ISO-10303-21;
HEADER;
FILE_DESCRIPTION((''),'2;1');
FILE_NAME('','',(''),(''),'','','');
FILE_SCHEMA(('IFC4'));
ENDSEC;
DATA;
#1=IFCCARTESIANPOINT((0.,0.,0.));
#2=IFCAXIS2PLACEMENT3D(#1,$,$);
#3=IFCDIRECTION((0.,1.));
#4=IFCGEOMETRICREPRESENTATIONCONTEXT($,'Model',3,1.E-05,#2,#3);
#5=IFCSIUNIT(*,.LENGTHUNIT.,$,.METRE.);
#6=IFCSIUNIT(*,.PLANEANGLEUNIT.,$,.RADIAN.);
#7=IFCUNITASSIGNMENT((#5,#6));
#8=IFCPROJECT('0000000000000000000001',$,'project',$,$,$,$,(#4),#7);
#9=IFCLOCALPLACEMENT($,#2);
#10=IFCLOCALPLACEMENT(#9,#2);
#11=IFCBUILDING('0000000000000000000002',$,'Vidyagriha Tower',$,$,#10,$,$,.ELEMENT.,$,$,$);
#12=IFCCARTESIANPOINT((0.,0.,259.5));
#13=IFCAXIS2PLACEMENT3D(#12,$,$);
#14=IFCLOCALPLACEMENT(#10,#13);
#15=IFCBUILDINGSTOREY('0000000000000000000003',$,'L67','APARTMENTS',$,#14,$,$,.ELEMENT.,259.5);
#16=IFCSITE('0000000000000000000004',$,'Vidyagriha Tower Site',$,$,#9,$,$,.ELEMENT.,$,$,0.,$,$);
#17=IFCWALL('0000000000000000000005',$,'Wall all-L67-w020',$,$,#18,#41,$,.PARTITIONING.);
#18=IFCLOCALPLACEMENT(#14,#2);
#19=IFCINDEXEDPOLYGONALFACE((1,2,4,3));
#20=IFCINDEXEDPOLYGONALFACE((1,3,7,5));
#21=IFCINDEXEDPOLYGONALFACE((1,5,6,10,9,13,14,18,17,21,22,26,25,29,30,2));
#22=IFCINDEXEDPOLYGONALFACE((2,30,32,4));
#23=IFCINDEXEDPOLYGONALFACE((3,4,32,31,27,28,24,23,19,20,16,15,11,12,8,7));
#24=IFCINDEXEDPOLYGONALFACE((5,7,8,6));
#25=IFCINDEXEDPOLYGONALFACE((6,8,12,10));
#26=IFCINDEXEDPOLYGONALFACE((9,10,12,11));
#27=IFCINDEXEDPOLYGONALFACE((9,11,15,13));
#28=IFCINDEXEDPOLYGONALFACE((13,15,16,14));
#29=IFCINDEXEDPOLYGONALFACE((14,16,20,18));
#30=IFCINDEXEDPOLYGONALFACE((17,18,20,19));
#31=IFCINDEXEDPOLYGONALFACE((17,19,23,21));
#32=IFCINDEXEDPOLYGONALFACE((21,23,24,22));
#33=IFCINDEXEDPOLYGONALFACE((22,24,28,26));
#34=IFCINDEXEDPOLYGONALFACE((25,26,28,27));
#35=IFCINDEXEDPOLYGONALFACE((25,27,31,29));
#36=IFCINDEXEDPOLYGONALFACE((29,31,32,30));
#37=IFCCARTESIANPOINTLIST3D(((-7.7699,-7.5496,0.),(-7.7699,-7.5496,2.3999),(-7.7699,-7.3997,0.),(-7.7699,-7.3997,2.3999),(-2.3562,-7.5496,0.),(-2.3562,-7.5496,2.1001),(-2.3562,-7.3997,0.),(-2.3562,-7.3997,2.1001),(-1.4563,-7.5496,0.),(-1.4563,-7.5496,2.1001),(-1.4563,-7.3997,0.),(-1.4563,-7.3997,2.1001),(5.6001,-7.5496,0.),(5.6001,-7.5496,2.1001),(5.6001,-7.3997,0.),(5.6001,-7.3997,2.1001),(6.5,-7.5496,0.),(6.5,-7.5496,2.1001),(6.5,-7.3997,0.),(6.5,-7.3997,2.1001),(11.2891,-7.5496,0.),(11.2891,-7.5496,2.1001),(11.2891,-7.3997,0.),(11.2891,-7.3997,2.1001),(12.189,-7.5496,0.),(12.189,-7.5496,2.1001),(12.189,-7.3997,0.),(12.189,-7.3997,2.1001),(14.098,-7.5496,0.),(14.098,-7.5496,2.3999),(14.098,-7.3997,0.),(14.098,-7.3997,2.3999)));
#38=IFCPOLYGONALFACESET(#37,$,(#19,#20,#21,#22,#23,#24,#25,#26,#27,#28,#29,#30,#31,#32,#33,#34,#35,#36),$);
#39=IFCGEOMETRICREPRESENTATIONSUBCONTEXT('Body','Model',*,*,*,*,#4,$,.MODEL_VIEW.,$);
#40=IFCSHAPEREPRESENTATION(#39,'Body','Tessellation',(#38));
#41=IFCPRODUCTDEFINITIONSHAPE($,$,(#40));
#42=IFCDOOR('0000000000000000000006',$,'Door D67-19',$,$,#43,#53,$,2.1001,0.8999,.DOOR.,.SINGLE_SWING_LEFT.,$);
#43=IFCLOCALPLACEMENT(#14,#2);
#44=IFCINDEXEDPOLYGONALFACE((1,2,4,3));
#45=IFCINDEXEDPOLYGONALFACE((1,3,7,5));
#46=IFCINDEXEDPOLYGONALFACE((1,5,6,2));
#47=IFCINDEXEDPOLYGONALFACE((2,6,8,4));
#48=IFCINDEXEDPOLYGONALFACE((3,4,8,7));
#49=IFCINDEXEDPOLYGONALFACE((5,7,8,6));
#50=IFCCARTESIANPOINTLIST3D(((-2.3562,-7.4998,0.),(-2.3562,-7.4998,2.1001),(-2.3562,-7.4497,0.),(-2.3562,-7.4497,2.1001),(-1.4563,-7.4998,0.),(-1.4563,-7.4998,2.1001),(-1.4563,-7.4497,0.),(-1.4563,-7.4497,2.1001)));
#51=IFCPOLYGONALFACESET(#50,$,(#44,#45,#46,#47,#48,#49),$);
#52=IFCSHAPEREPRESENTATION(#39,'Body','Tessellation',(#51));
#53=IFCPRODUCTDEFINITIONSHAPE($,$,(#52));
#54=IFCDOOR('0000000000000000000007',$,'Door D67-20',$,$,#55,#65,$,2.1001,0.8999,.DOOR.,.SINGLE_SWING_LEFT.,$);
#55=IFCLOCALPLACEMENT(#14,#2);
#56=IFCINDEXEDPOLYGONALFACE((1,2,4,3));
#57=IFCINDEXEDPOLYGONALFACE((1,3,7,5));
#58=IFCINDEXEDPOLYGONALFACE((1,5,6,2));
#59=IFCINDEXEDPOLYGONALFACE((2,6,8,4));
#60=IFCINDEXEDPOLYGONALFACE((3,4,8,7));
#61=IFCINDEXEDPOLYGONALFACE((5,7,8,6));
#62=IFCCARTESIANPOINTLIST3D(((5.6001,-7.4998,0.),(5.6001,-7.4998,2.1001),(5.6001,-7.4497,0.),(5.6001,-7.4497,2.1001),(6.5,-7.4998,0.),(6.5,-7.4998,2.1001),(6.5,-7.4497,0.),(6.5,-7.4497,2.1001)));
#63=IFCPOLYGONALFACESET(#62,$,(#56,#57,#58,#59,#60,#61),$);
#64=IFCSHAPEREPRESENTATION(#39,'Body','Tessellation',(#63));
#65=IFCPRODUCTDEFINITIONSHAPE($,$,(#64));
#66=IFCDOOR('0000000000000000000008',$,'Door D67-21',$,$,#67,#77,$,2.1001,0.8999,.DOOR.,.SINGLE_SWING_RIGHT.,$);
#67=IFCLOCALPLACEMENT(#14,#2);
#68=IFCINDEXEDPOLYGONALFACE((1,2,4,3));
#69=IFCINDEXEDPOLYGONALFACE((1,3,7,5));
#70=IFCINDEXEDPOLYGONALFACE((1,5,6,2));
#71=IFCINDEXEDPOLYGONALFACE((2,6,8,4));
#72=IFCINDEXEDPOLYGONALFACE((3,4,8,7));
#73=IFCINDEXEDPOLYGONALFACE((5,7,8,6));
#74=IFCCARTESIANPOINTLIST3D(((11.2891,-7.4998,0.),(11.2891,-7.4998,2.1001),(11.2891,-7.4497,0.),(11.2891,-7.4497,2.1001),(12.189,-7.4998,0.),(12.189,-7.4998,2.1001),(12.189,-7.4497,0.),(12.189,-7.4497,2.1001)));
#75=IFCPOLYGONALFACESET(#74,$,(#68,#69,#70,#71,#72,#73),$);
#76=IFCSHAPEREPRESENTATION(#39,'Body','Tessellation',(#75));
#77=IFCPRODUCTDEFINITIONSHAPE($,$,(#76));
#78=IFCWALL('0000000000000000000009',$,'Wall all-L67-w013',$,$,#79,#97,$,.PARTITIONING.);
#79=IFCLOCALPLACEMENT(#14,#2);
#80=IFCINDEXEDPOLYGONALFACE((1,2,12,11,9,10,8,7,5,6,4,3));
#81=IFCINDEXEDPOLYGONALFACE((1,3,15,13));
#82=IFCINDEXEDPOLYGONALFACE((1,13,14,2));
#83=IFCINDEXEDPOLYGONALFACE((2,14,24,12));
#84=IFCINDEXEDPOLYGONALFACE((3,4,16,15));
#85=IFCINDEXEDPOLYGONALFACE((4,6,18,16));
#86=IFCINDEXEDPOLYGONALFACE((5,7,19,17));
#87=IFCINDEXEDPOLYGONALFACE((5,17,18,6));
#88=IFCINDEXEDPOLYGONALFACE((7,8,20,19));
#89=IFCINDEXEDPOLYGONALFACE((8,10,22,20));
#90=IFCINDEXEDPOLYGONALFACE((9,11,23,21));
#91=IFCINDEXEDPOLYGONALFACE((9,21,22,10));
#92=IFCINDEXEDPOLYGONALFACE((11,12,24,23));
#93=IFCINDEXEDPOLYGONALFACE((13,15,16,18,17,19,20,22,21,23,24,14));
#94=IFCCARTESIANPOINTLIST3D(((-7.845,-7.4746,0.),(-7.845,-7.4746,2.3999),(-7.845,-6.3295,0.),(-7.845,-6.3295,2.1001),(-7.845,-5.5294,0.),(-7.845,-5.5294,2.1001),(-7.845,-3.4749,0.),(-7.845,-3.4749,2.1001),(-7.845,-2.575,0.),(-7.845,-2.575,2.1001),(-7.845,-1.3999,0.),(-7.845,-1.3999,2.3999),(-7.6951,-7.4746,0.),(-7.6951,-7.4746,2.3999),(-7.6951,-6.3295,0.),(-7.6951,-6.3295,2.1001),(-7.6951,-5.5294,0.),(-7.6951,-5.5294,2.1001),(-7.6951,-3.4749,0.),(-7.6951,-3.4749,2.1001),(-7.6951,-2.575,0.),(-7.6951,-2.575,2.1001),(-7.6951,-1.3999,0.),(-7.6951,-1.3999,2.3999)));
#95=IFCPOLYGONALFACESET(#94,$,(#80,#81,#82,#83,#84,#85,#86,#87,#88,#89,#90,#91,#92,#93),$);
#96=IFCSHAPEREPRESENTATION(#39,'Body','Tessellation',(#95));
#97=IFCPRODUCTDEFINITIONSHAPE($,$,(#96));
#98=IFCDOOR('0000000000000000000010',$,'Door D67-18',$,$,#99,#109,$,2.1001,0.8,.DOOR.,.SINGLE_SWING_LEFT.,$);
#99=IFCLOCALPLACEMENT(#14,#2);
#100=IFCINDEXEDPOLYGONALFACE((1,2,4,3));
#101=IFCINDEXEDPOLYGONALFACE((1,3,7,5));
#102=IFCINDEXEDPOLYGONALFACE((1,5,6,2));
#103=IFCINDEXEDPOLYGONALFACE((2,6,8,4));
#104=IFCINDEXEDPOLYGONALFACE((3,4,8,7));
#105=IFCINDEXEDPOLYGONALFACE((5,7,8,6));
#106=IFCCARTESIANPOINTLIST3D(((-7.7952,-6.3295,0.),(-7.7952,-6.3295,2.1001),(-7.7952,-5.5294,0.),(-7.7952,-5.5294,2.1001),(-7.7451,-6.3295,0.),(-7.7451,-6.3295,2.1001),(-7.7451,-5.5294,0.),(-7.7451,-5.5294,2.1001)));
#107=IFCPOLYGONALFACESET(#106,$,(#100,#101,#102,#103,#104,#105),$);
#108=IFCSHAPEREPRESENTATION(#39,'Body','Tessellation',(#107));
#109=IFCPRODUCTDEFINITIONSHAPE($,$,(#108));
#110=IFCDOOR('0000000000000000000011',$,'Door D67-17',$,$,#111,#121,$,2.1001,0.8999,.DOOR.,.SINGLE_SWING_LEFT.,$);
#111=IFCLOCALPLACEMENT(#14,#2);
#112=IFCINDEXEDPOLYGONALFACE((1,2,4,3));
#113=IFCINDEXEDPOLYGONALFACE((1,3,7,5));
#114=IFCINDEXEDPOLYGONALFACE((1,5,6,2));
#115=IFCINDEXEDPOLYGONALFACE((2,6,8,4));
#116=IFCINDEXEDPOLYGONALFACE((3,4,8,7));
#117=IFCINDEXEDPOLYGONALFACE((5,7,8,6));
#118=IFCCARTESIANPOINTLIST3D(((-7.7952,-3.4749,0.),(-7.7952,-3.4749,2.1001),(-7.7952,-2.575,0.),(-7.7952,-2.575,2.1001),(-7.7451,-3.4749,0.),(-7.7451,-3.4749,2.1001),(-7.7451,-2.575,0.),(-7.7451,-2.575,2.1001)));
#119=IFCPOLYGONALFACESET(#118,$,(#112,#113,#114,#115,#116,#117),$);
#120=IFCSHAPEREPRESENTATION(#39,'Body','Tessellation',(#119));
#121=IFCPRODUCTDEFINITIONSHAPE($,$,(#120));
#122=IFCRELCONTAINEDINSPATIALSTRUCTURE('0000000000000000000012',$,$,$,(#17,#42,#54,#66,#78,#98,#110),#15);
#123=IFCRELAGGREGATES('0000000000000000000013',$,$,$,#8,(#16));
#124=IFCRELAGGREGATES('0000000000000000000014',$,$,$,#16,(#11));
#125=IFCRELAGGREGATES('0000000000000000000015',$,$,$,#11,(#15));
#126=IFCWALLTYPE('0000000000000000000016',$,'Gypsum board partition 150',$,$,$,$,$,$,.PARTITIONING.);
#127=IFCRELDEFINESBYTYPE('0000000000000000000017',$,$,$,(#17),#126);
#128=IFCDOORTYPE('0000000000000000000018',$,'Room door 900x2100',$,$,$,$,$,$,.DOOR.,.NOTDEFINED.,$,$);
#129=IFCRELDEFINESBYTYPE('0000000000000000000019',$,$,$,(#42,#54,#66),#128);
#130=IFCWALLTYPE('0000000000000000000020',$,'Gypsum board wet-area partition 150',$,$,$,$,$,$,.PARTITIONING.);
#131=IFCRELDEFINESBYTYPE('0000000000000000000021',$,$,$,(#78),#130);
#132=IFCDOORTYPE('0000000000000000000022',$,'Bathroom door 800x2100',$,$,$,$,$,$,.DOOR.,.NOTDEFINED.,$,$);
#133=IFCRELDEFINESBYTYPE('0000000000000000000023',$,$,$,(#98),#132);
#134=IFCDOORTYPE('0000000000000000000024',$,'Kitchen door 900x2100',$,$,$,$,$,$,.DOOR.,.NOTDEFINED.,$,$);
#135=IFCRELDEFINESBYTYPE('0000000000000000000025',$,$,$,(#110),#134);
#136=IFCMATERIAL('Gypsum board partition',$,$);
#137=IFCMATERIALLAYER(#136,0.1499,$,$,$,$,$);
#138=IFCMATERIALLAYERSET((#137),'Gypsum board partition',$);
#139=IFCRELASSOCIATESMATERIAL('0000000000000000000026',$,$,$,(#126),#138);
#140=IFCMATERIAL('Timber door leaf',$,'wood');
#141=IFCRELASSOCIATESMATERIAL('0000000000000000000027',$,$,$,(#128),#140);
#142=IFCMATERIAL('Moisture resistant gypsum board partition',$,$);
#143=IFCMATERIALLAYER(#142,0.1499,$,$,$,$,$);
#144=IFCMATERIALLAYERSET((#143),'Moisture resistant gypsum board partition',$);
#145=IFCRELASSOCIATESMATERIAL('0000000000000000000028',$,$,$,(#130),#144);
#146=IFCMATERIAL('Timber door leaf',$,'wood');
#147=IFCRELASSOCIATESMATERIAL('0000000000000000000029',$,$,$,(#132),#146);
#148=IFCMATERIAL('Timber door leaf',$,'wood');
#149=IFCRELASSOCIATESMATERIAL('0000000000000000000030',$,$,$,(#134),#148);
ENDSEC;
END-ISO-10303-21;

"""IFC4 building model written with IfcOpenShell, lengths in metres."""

from ifc_helpers import new_model, si_unit, direction, frame, frame_2d, origin, place, context, subcontext, project, spatial, rectangle, extrude, material, layer, layer_set, type_object, element, fill, save


model = new_model("IFC4")

# Units and contexts
model_context = context("Model", 3, precision=1e-05, world=origin(), true_north=direction((0.0, 1.0)))
body_context = subcontext(model_context, "Body", "Model", "MODEL_VIEW")
ifc_project = project(units=[si_unit("LENGTHUNIT", "METRE"), si_unit("PLANEANGLEUNIT", "RADIAN")], contexts=[model_context])

# Site, building, storey
site_placement = place(None, origin())
site = spatial("IfcSite", under=ifc_project, at=site_placement, Name="Vidyagriha Tower Site", CompositionType="ELEMENT", RefElevation=0.0)
building_placement = place(site_placement, origin())
building = spatial("IfcBuilding", under=site, at=building_placement, Name="Vidyagriha Tower", CompositionType="ELEMENT")
storey_placement = place(building_placement, frame((0.0, 0.0, 259.5)))
storey = spatial("IfcBuildingStorey", under=building, at=storey_placement, Name="L67", Description="APARTMENTS", CompositionType="ELEMENT", Elevation=259.5)

# Shared definitions
ifc_material_1 = material(Name="Gypsum board partition")
ifc_layer_1 = layer(ifc_material_1, 0.1499)
ifc_layer_set_1 = layer_set([ifc_layer_1], Name="Gypsum board partition")
wall_type_1 = type_object("IfcWallType", Name="Gypsum board partition 150", PredefinedType="PARTITIONING", material=ifc_layer_set_1)

# Walls, openings, doors
wall_1_placement = place(storey_placement, frame((-7.77, -7.4746, 0.0)))
wall_1 = element("IfcWall", 1, at=wall_1_placement, inside=storey, type_object=wall_type_1, Name="Wall all-L67-w020", PredefinedType="PARTITIONING", context=body_context, shape_type="SweptSolid", body=[
    extrude(rectangle(XDim=21.8679, YDim=0.1499, at=frame_2d((10.9341, 0.0))), origin(), (0.0, 0.0, 1.0), 2.3999),
])
opening_1_placement = place(wall_1_placement, frame((5.4138, 0.0, 0.0)))
opening_1 = element("IfcOpeningElement", 2, at=opening_1_placement, cuts=wall_1, PredefinedType="OPENING", context=body_context, shape_type="SweptSolid", body=[
    extrude(rectangle(XDim=0.8999, YDim=2.1001, at=frame_2d((0.45, 1.05))), frame((0.0, 0.085, 0.0), z_axis=(0.0, -1.0, 0.0), x_axis=(1.0, 0.0, 0.0)), (0.0, 0.0, 1.0), 0.1699),
])
opening_2_placement = place(wall_1_placement, frame((13.3701, 0.0, 0.0)))
opening_2 = element("IfcOpeningElement", 3, at=opening_2_placement, cuts=wall_1, PredefinedType="OPENING", context=body_context, shape_type="SweptSolid", body=[
    extrude(rectangle(XDim=0.8999, YDim=2.1001, at=frame_2d((0.45, 1.05))), frame((0.0, 0.085, 0.0), z_axis=(0.0, -1.0, 0.0), x_axis=(1.0, 0.0, 0.0)), (0.0, 0.0, 1.0), 0.1699),
])
opening_3_placement = place(wall_1_placement, frame((19.0591, 0.0, 0.0)))
opening_3 = element("IfcOpeningElement", 4, at=opening_3_placement, cuts=wall_1, PredefinedType="OPENING", context=body_context, shape_type="SweptSolid", body=[
    extrude(rectangle(XDim=0.8999, YDim=2.1001, at=frame_2d((0.45, 1.05))), frame((0.0, 0.085, 0.0), z_axis=(0.0, -1.0, 0.0), x_axis=(1.0, 0.0, 0.0)), (0.0, 0.0, 1.0), 0.1699),
])
ifc_material_2 = material(Name="Timber door leaf", Category="wood")
door_type_1 = type_object("IfcDoorType", Name="Room door 900x2100", OperationType="NOTDEFINED", PredefinedType="DOOR", material=ifc_material_2)
door_1_placement = place(opening_1_placement, origin())
door_1 = element("IfcDoor", 5, at=door_1_placement, inside=storey, type_object=door_type_1, Name="Door D67-19", OperationType="SINGLE_SWING_LEFT", OverallHeight=2.1001, OverallWidth=0.8999, PredefinedType="DOOR", context=body_context, shape_type="SweptSolid", body=[
    extrude(rectangle(XDim=0.8999, YDim=2.1001, at=frame_2d((0.45, 1.05))), frame((0.0, 0.0249, 0.0), z_axis=(0.0, -1.0, 0.0), x_axis=(1.0, 0.0, 0.0)), (0.0, 0.0, 1.0), 0.05),
])
fill(opening_1, door_1)
door_2_placement = place(opening_2_placement, origin())
door_2 = element("IfcDoor", 6, at=door_2_placement, inside=storey, type_object=door_type_1, Name="Door D67-20", OperationType="SINGLE_SWING_LEFT", OverallHeight=2.1001, OverallWidth=0.8999, PredefinedType="DOOR", context=body_context, shape_type="SweptSolid", body=[
    extrude(rectangle(XDim=0.8999, YDim=2.1001, at=frame_2d((0.45, 1.05))), frame((0.0, 0.0249, 0.0), z_axis=(0.0, -1.0, 0.0), x_axis=(1.0, 0.0, 0.0)), (0.0, 0.0, 1.0), 0.05),
])
fill(opening_2, door_2)
door_3_placement = place(opening_3_placement, origin())
door_3 = element("IfcDoor", 7, at=door_3_placement, inside=storey, type_object=door_type_1, Name="Door D67-21", OperationType="SINGLE_SWING_RIGHT", OverallHeight=2.1001, OverallWidth=0.8999, PredefinedType="DOOR", context=body_context, shape_type="SweptSolid", body=[
    extrude(rectangle(XDim=0.8999, YDim=2.1001, at=frame_2d((0.45, 1.05))), frame((0.0, 0.0249, 0.0), z_axis=(0.0, -1.0, 0.0), x_axis=(1.0, 0.0, 0.0)), (0.0, 0.0, 1.0), 0.05),
])
fill(opening_3, door_3)
ifc_material_3 = material(Name="Moisture resistant gypsum board partition")
ifc_layer_2 = layer(ifc_material_3, 0.1499)
ifc_layer_set_2 = layer_set([ifc_layer_2], Name="Moisture resistant gypsum board partition")
wall_type_2 = type_object("IfcWallType", Name="Gypsum board wet-area partition 150", PredefinedType="PARTITIONING", material=ifc_layer_set_2)
wall_2_placement = place(storey_placement, frame((-7.77, -1.3999, 0.0), z_axis=(0.0, 0.0, 1.0), x_axis=(0.0, -1.0, 0.0)))
wall_2 = element("IfcWall", 8, at=wall_2_placement, inside=storey, type_object=wall_type_2, Name="Wall all-L67-w013", PredefinedType="PARTITIONING", context=body_context, shape_type="SweptSolid", body=[
    extrude(rectangle(XDim=6.0747, YDim=0.1499, at=frame_2d((3.0374, 0.0))), origin(), (0.0, 0.0, 1.0), 2.3999),
])
opening_4_placement = place(wall_2_placement, frame((1.175, 0.0, 0.0)))
opening_4 = element("IfcOpeningElement", 9, at=opening_4_placement, cuts=wall_2, PredefinedType="OPENING", context=body_context, shape_type="SweptSolid", body=[
    extrude(rectangle(XDim=0.8999, YDim=2.1001, at=frame_2d((0.45, 1.05))), frame((0.0, 0.085, 0.0), z_axis=(0.0, -1.0, 0.0), x_axis=(1.0, 0.0, 0.0)), (0.0, 0.0, 1.0), 0.1699),
])
opening_5_placement = place(wall_2_placement, frame((4.1296, 0.0, 0.0)))
opening_5 = element("IfcOpeningElement", 10, at=opening_5_placement, cuts=wall_2, PredefinedType="OPENING", context=body_context, shape_type="SweptSolid", body=[
    extrude(rectangle(XDim=0.8, YDim=2.1001, at=frame_2d((0.3999, 1.05))), frame((0.0, 0.085, 0.0), z_axis=(0.0, -1.0, 0.0), x_axis=(1.0, 0.0, 0.0)), (0.0, 0.0, 1.0), 0.1699),
])
ifc_material_4 = material(Name="Timber door leaf", Category="wood")
door_type_2 = type_object("IfcDoorType", Name="Bathroom door 800x2100", OperationType="NOTDEFINED", PredefinedType="DOOR", material=ifc_material_4)
door_4_placement = place(opening_5_placement, origin())
door_4 = element("IfcDoor", 11, at=door_4_placement, inside=storey, type_object=door_type_2, Name="Door D67-18", OperationType="SINGLE_SWING_LEFT", OverallHeight=2.1001, OverallWidth=0.8, PredefinedType="DOOR", context=body_context, shape_type="SweptSolid", body=[
    extrude(rectangle(XDim=0.8, YDim=2.1001, at=frame_2d((0.3999, 1.05))), frame((0.0, 0.0249, 0.0), z_axis=(0.0, -1.0, 0.0), x_axis=(1.0, 0.0, 0.0)), (0.0, 0.0, 1.0), 0.05),
])
fill(opening_5, door_4)
ifc_material_5 = material(Name="Timber door leaf", Category="wood")
door_type_3 = type_object("IfcDoorType", Name="Kitchen door 900x2100", OperationType="NOTDEFINED", PredefinedType="DOOR", material=ifc_material_5)
door_5_placement = place(opening_4_placement, origin())
door_5 = element("IfcDoor", 12, at=door_5_placement, inside=storey, type_object=door_type_3, Name="Door D67-17", OperationType="SINGLE_SWING_LEFT", OverallHeight=2.1001, OverallWidth=0.8999, PredefinedType="DOOR", context=body_context, shape_type="SweptSolid", body=[
    extrude(rectangle(XDim=0.8999, YDim=2.1001, at=frame_2d((0.45, 1.05))), frame((0.0, 0.0249, 0.0), z_axis=(0.0, -1.0, 0.0), x_axis=(1.0, 0.0, 0.0)), (0.0, 0.0, 1.0), 0.05),
])
fill(opening_4, door_5)

save(model, "model.ifc")
